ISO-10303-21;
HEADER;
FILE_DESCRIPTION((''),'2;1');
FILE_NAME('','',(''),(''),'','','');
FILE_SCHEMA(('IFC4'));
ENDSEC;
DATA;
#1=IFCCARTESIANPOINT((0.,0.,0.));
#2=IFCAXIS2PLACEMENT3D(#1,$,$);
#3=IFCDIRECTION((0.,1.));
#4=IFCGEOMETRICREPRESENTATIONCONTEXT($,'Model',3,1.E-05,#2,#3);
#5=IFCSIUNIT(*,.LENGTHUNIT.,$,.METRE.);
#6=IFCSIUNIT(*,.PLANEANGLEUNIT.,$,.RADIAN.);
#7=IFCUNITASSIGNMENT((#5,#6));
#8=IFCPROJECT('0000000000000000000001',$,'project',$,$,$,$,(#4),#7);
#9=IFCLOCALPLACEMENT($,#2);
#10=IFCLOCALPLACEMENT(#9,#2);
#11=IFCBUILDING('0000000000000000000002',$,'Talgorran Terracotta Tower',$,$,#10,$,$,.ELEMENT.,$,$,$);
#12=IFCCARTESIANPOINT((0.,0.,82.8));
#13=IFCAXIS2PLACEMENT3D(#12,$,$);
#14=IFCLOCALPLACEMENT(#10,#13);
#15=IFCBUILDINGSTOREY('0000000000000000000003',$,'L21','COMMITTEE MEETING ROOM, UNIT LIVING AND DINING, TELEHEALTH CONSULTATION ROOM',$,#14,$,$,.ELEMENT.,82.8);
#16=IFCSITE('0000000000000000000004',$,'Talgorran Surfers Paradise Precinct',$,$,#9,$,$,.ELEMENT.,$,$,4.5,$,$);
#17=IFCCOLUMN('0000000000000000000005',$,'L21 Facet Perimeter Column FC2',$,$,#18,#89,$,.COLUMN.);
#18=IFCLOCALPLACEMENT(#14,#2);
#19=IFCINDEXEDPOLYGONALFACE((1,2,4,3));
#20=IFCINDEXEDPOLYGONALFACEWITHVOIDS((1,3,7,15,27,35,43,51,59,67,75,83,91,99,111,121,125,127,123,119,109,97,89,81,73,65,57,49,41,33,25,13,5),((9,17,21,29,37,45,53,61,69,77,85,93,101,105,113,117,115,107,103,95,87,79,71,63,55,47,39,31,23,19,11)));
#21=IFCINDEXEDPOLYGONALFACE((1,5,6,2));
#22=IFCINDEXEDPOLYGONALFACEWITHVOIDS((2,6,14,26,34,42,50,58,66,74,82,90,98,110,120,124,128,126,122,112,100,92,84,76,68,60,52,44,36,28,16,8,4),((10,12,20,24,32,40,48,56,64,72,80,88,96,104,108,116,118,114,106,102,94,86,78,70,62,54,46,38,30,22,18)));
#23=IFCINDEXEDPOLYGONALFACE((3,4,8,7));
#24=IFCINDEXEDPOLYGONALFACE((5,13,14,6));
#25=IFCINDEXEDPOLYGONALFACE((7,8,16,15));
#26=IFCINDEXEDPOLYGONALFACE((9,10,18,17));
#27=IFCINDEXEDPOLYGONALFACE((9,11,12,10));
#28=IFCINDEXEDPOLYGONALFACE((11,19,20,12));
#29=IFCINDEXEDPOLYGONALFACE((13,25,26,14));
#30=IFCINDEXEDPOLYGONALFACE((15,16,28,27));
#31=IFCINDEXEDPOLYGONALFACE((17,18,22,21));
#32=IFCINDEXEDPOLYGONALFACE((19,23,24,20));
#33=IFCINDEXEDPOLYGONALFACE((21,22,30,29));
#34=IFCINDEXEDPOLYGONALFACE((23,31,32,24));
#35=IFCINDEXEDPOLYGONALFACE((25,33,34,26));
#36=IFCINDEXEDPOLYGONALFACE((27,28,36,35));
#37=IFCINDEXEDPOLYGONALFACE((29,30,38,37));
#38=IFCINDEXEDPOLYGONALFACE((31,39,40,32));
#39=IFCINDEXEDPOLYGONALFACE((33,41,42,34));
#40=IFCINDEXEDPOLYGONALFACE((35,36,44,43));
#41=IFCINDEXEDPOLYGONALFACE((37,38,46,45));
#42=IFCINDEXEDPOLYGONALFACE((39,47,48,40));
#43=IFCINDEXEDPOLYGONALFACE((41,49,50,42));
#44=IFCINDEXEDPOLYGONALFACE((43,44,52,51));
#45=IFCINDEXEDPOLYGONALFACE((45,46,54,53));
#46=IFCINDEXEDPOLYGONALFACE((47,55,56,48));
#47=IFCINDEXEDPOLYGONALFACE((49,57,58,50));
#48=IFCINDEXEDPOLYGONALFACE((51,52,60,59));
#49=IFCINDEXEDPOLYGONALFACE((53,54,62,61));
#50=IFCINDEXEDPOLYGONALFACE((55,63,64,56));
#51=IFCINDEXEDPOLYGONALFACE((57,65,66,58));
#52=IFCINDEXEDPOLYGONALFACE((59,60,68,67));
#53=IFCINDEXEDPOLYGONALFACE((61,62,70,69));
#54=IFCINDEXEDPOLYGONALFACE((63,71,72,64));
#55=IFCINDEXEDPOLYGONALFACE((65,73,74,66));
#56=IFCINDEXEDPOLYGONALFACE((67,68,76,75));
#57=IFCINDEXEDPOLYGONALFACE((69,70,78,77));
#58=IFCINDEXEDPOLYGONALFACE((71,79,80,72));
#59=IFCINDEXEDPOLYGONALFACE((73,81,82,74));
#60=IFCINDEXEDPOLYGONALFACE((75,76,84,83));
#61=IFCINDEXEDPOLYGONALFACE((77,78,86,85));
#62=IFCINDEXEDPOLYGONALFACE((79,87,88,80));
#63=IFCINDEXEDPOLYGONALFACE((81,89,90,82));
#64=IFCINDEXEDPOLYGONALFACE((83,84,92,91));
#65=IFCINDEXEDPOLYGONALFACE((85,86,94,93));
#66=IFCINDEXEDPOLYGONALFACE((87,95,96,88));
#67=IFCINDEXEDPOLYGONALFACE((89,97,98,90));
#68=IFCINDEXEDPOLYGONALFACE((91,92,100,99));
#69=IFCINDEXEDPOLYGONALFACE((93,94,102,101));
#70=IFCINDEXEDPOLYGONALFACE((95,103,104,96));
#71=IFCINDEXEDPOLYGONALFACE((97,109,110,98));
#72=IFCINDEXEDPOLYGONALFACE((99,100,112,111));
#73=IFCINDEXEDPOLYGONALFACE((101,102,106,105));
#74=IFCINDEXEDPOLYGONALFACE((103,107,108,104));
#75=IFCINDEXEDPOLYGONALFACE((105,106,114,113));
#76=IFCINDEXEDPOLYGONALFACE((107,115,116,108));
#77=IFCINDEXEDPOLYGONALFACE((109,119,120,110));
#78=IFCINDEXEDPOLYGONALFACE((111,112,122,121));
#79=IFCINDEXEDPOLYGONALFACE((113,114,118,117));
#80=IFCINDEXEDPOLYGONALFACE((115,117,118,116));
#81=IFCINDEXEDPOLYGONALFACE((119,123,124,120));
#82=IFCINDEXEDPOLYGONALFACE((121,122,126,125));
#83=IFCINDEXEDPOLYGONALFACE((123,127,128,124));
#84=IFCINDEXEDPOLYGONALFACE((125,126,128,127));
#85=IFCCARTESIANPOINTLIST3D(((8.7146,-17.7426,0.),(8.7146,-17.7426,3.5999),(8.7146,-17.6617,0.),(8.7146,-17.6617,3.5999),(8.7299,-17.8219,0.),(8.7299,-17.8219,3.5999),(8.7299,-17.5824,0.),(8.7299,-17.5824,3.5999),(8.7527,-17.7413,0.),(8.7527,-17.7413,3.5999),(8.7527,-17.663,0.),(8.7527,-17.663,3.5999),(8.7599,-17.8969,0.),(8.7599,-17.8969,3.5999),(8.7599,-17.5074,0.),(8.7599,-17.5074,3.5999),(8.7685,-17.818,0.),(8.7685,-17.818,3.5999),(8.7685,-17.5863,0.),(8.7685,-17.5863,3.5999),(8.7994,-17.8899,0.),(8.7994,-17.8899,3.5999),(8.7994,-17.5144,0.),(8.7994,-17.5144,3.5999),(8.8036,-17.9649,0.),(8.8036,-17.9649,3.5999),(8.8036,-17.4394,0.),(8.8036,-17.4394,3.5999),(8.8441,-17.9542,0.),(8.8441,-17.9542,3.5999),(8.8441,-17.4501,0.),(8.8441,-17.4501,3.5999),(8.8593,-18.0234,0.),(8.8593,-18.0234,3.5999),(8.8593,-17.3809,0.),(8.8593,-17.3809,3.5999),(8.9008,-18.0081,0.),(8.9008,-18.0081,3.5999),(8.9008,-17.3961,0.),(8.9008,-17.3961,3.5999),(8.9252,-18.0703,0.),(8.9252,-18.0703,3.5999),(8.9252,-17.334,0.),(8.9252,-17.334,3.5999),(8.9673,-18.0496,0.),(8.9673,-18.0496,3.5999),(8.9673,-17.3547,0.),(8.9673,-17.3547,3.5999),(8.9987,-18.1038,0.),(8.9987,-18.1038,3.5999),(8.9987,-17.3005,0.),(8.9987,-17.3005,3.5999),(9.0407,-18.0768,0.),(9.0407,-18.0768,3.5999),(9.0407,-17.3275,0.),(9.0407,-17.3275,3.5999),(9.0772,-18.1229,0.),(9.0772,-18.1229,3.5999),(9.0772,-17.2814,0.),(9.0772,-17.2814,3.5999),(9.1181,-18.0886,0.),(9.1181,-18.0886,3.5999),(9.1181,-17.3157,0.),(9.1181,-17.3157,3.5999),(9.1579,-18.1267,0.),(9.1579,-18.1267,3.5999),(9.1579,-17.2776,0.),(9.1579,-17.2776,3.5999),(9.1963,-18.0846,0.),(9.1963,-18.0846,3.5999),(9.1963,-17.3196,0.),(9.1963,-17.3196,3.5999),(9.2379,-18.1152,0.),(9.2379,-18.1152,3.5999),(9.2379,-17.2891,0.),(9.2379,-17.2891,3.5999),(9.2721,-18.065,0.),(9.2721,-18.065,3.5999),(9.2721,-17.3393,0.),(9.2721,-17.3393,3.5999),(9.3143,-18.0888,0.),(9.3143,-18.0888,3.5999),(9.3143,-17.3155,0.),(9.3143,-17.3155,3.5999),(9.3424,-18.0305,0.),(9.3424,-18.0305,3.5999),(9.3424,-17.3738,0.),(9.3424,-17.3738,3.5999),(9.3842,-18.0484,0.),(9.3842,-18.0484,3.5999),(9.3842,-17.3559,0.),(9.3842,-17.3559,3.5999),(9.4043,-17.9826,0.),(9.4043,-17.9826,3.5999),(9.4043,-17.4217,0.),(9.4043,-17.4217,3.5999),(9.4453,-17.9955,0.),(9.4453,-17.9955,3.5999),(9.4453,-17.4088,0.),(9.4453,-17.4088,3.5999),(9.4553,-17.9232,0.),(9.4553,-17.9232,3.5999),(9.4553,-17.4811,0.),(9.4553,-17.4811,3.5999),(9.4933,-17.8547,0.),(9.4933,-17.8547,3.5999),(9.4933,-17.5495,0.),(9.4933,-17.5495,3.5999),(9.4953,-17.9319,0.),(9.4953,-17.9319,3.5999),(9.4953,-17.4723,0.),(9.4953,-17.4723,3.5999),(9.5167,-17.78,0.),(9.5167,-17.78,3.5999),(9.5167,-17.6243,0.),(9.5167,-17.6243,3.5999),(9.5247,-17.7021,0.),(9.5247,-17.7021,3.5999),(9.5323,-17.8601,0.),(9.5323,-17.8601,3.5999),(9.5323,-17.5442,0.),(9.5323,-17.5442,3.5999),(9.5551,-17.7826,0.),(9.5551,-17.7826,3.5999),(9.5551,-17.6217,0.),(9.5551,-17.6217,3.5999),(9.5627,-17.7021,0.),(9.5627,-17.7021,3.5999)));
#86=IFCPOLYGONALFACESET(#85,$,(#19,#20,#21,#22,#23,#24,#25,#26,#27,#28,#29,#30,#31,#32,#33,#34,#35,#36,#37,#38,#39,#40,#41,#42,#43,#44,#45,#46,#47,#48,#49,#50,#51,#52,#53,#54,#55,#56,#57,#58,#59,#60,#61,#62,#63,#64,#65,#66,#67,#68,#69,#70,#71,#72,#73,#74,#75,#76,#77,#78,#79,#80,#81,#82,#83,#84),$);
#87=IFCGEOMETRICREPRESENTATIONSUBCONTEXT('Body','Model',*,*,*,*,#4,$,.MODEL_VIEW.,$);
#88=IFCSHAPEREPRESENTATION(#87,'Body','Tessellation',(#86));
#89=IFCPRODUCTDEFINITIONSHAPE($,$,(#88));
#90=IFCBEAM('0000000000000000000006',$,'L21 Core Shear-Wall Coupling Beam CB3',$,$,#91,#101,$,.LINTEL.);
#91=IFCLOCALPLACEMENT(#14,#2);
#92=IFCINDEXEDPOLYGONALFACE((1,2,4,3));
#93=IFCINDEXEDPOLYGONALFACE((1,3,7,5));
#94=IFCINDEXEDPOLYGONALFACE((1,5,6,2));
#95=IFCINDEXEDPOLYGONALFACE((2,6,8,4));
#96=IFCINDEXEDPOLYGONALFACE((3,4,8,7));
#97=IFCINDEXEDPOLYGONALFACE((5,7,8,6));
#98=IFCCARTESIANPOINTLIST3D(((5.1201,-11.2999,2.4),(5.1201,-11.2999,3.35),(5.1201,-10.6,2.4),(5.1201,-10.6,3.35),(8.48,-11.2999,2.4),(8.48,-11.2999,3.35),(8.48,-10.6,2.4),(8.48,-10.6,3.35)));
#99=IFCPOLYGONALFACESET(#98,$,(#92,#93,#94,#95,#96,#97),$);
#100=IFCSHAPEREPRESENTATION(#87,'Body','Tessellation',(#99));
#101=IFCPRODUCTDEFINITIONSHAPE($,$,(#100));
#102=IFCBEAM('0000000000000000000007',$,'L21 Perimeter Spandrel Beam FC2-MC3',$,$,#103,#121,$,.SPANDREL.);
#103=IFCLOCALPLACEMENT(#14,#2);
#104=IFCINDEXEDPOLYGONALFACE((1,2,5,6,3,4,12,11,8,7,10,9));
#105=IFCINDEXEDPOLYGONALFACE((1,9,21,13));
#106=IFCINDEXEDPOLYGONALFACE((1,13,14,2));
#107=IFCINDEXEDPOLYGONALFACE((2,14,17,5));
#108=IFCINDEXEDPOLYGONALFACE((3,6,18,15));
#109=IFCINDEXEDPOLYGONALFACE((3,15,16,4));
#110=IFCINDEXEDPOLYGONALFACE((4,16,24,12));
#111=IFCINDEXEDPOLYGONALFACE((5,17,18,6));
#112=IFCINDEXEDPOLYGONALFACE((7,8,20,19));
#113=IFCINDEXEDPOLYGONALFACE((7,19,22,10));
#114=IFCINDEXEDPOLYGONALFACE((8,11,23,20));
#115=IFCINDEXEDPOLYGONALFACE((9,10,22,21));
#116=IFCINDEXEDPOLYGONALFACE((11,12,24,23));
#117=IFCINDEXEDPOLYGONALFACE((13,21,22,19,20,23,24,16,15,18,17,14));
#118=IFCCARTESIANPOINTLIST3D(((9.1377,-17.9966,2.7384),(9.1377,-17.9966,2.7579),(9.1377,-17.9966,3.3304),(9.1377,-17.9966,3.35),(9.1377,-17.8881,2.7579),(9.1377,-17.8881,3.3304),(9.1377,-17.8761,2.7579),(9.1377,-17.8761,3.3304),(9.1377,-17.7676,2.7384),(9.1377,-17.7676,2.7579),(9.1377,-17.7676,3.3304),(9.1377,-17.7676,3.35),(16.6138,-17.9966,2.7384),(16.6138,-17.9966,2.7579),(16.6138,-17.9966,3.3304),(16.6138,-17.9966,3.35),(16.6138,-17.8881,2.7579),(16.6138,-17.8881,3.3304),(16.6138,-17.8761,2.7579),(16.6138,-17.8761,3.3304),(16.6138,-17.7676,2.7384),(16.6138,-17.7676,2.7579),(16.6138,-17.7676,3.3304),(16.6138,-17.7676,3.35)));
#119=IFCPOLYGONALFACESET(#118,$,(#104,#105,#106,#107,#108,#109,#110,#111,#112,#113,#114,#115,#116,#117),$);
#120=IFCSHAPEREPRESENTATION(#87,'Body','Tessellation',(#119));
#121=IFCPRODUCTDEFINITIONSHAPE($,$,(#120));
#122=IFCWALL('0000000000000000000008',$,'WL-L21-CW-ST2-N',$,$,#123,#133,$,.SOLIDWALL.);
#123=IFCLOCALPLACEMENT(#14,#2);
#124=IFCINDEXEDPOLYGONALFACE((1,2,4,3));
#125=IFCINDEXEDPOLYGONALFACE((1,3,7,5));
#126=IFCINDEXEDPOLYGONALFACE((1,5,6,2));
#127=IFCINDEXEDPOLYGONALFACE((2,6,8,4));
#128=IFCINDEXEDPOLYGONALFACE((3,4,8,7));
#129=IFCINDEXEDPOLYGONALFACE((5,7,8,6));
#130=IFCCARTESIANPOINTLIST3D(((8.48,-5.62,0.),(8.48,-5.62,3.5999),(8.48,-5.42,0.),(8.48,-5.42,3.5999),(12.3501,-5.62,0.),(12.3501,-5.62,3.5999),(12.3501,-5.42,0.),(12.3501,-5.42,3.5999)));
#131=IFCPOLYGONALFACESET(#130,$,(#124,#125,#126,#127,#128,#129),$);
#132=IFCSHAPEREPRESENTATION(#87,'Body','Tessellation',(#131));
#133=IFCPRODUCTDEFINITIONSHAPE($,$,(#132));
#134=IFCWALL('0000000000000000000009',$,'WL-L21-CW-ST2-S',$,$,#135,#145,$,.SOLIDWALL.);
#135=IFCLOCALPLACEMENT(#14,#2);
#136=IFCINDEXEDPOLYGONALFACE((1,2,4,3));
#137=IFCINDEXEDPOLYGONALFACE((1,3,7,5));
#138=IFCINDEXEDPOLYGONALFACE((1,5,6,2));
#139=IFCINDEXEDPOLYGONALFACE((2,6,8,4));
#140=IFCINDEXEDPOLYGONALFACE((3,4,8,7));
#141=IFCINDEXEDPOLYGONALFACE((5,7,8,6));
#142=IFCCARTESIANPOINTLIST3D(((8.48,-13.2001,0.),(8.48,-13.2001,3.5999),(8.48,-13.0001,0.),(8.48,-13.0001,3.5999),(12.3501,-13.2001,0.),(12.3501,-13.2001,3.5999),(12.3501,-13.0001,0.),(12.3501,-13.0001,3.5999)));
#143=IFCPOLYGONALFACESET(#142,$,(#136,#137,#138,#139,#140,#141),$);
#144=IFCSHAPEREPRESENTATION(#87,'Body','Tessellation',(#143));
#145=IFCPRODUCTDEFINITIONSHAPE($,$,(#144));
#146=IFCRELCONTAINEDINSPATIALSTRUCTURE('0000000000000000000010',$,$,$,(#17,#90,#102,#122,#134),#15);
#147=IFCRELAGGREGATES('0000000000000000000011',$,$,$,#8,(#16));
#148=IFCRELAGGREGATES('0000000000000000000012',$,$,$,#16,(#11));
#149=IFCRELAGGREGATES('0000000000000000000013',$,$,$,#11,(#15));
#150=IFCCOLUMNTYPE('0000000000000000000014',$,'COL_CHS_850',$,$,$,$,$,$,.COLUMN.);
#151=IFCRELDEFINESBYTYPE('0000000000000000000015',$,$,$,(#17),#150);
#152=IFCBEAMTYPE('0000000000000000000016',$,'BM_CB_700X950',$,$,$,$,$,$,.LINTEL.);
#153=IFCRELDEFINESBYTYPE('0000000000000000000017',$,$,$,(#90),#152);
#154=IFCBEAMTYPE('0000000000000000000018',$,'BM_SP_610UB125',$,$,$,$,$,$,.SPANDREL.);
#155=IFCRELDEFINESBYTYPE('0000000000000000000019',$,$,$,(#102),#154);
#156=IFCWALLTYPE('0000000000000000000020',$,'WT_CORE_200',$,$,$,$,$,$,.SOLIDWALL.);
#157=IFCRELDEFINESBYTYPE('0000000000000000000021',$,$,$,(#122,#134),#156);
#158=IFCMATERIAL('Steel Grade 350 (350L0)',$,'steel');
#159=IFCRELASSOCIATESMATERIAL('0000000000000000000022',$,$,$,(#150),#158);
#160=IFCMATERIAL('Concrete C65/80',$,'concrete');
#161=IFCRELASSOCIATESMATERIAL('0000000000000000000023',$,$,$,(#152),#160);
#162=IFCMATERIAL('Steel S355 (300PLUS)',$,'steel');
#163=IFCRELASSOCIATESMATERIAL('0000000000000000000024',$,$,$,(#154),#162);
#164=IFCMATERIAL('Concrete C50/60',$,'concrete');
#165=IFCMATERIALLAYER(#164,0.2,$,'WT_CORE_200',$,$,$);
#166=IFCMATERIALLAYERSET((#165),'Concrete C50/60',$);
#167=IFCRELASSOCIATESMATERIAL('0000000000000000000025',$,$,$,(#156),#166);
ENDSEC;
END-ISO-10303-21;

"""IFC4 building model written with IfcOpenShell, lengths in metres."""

from ifc_helpers import new_model, si_unit, direction, frame, frame_2d, origin, origin_2d, place, context, subcontext, project, spatial, rectangle, hollow_circle, i_section, extrude, material, layer, layer_set, material_profile, profile_set, type_object, element, save


model = new_model("IFC4")

# Units and contexts
model_context = context("Model", 3, precision=1e-05, world=origin(), true_north=direction((0.0, 1.0)))
body_context = subcontext(model_context, "Body", "Model", "MODEL_VIEW")
ifc_project = project(units=[si_unit("LENGTHUNIT", "METRE"), si_unit("PLANEANGLEUNIT", "RADIAN")], contexts=[model_context])

# Site, building, storey
site_placement = place(None, origin())
site = spatial("IfcSite", under=ifc_project, at=site_placement, Name="Talgorran Surfers Paradise Precinct", CompositionType="ELEMENT", RefElevation=4.5)
building_placement = place(site_placement, origin())
building = spatial("IfcBuilding", under=site, at=building_placement, Name="Talgorran Terracotta Tower", CompositionType="ELEMENT")
storey_placement = place(building_placement, frame((0.0, 0.0, 82.8)))
storey = spatial("IfcBuildingStorey", under=building, at=storey_placement, Name="L21", Description="COMMITTEE MEETING ROOM, UNIT LIVING AND DINING, TELEHEALTH CONSULTATION ROOM", CompositionType="ELEMENT", Elevation=82.8)

# Column
ifc_material_1 = material(Name="Steel Grade 350 (350L0)", Category="steel")
ifc_material_profile_1 = material_profile(ifc_material_1, hollow_circle(Radius=0.425, WallThickness=0.0381, at=origin_2d()), Name="CHS850X38")
ifc_profile_set_1 = profile_set([ifc_material_profile_1], Name="Steel Grade 350 (350L0)")
column_type = type_object("IfcColumnType", Name="COL_CHS_850", PredefinedType="COLUMN", material=ifc_profile_set_1)
column_placement = place(storey_placement, frame((9.1377, -17.7021, 0.0), z_axis=(0.0, 0.0, 1.0), x_axis=(1.0, 0.0, 0.0)))
element("IfcColumn", 1, at=column_placement, inside=storey, type_object=column_type, Name="L21 Facet Perimeter Column FC2", PredefinedType="COLUMN", context=body_context, shape_type="SweptSolid", body=[
    extrude(hollow_circle(Radius=0.425, WallThickness=0.0381, at=origin_2d()), origin(), (0.0, 0.0, 1.0), 3.5999),
])

# Beams
ifc_material_2 = material(Name="Concrete C65/80", Category="concrete")
ifc_material_profile_2 = material_profile(ifc_material_2, rectangle(XDim=0.7, YDim=0.95, at=origin_2d()), Name="RCCB700X950")
ifc_profile_set_2 = profile_set([ifc_material_profile_2], Name="Concrete C65/80")
beam_type_1 = type_object("IfcBeamType", Name="BM_CB_700X950", PredefinedType="LINTEL", material=ifc_profile_set_2)
beam_1_placement = place(storey_placement, frame((5.1201, -10.95, 2.875), z_axis=(1.0, 0.0, 0.0), x_axis=(0.0, 1.0, 0.0)))
element("IfcBeam", 2, at=beam_1_placement, inside=storey, type_object=beam_type_1, Name="L21 Core Shear-Wall Coupling Beam CB3", PredefinedType="LINTEL", context=body_context, shape_type="SweptSolid", body=[
    extrude(rectangle(XDim=0.7, YDim=0.95, at=origin_2d()), origin(), (0.0, 0.0, 1.0), 3.3599),
])
ifc_material_3 = material(Name="Steel S355 (300PLUS)", Category="steel")
ifc_material_profile_3 = material_profile(ifc_material_3, i_section(OverallWidth=0.229, OverallDepth=0.6116, WebThickness=0.012, FlangeThickness=0.0195, at=origin_2d()), Name="610UB125")
ifc_profile_set_3 = profile_set([ifc_material_profile_3], Name="Steel S355 (300PLUS)")
beam_type_2 = type_object("IfcBeamType", Name="BM_SP_610UB125", PredefinedType="SPANDREL", material=ifc_profile_set_3)
beam_2_placement = place(storey_placement, frame((9.1377, -17.8821, 3.0442), z_axis=(1.0, 0.0, 0.0), x_axis=(0.0, 1.0, 0.0)))
element("IfcBeam", 3, at=beam_2_placement, inside=storey, type_object=beam_type_2, Name="L21 Perimeter Spandrel Beam FC2-MC3", PredefinedType="SPANDREL", context=body_context, shape_type="SweptSolid", body=[
    extrude(i_section(OverallWidth=0.229, OverallDepth=0.6116, WebThickness=0.012, FlangeThickness=0.0195, at=origin_2d()), origin(), (0.0, 0.0, 1.0), 7.4761),
])

# Walls
ifc_material_4 = material(Name="Concrete C50/60", Category="concrete")
ifc_layer_1 = layer(ifc_material_4, 0.2, Name="WT_CORE_200")
ifc_layer_set_1 = layer_set([ifc_layer_1], Name="Concrete C50/60")
wall_type_1 = type_object("IfcWallType", Name="WT_CORE_200", PredefinedType="SOLIDWALL", material=ifc_layer_set_1)
for number, where, z_axis, x_axis, name in (
    (4, (8.48, -5.52, 0.0), (0.0, 0.0, 1.0), (1.0, 0.0, 0.0), "WL-L21-CW-ST2-N"),
    (5, (8.48, -13.1001, 0.0), (0.0, 0.0, 1.0), (1.0, 0.0, 0.0), "WL-L21-CW-ST2-S"),
):
    element("IfcWall", number, at=place(storey_placement, frame(where, z_axis=z_axis, x_axis=x_axis)), inside=storey, type_object=wall_type_1, Name=name, PredefinedType="SOLIDWALL", context=body_context, shape_type="SweptSolid", body=[
        extrude(rectangle(XDim=3.8701, YDim=0.2, at=frame_2d((1.9351, 0.0))), origin(), (0.0, 0.0, 1.0), 3.5999),
    ])

save(model, "model.ifc")
